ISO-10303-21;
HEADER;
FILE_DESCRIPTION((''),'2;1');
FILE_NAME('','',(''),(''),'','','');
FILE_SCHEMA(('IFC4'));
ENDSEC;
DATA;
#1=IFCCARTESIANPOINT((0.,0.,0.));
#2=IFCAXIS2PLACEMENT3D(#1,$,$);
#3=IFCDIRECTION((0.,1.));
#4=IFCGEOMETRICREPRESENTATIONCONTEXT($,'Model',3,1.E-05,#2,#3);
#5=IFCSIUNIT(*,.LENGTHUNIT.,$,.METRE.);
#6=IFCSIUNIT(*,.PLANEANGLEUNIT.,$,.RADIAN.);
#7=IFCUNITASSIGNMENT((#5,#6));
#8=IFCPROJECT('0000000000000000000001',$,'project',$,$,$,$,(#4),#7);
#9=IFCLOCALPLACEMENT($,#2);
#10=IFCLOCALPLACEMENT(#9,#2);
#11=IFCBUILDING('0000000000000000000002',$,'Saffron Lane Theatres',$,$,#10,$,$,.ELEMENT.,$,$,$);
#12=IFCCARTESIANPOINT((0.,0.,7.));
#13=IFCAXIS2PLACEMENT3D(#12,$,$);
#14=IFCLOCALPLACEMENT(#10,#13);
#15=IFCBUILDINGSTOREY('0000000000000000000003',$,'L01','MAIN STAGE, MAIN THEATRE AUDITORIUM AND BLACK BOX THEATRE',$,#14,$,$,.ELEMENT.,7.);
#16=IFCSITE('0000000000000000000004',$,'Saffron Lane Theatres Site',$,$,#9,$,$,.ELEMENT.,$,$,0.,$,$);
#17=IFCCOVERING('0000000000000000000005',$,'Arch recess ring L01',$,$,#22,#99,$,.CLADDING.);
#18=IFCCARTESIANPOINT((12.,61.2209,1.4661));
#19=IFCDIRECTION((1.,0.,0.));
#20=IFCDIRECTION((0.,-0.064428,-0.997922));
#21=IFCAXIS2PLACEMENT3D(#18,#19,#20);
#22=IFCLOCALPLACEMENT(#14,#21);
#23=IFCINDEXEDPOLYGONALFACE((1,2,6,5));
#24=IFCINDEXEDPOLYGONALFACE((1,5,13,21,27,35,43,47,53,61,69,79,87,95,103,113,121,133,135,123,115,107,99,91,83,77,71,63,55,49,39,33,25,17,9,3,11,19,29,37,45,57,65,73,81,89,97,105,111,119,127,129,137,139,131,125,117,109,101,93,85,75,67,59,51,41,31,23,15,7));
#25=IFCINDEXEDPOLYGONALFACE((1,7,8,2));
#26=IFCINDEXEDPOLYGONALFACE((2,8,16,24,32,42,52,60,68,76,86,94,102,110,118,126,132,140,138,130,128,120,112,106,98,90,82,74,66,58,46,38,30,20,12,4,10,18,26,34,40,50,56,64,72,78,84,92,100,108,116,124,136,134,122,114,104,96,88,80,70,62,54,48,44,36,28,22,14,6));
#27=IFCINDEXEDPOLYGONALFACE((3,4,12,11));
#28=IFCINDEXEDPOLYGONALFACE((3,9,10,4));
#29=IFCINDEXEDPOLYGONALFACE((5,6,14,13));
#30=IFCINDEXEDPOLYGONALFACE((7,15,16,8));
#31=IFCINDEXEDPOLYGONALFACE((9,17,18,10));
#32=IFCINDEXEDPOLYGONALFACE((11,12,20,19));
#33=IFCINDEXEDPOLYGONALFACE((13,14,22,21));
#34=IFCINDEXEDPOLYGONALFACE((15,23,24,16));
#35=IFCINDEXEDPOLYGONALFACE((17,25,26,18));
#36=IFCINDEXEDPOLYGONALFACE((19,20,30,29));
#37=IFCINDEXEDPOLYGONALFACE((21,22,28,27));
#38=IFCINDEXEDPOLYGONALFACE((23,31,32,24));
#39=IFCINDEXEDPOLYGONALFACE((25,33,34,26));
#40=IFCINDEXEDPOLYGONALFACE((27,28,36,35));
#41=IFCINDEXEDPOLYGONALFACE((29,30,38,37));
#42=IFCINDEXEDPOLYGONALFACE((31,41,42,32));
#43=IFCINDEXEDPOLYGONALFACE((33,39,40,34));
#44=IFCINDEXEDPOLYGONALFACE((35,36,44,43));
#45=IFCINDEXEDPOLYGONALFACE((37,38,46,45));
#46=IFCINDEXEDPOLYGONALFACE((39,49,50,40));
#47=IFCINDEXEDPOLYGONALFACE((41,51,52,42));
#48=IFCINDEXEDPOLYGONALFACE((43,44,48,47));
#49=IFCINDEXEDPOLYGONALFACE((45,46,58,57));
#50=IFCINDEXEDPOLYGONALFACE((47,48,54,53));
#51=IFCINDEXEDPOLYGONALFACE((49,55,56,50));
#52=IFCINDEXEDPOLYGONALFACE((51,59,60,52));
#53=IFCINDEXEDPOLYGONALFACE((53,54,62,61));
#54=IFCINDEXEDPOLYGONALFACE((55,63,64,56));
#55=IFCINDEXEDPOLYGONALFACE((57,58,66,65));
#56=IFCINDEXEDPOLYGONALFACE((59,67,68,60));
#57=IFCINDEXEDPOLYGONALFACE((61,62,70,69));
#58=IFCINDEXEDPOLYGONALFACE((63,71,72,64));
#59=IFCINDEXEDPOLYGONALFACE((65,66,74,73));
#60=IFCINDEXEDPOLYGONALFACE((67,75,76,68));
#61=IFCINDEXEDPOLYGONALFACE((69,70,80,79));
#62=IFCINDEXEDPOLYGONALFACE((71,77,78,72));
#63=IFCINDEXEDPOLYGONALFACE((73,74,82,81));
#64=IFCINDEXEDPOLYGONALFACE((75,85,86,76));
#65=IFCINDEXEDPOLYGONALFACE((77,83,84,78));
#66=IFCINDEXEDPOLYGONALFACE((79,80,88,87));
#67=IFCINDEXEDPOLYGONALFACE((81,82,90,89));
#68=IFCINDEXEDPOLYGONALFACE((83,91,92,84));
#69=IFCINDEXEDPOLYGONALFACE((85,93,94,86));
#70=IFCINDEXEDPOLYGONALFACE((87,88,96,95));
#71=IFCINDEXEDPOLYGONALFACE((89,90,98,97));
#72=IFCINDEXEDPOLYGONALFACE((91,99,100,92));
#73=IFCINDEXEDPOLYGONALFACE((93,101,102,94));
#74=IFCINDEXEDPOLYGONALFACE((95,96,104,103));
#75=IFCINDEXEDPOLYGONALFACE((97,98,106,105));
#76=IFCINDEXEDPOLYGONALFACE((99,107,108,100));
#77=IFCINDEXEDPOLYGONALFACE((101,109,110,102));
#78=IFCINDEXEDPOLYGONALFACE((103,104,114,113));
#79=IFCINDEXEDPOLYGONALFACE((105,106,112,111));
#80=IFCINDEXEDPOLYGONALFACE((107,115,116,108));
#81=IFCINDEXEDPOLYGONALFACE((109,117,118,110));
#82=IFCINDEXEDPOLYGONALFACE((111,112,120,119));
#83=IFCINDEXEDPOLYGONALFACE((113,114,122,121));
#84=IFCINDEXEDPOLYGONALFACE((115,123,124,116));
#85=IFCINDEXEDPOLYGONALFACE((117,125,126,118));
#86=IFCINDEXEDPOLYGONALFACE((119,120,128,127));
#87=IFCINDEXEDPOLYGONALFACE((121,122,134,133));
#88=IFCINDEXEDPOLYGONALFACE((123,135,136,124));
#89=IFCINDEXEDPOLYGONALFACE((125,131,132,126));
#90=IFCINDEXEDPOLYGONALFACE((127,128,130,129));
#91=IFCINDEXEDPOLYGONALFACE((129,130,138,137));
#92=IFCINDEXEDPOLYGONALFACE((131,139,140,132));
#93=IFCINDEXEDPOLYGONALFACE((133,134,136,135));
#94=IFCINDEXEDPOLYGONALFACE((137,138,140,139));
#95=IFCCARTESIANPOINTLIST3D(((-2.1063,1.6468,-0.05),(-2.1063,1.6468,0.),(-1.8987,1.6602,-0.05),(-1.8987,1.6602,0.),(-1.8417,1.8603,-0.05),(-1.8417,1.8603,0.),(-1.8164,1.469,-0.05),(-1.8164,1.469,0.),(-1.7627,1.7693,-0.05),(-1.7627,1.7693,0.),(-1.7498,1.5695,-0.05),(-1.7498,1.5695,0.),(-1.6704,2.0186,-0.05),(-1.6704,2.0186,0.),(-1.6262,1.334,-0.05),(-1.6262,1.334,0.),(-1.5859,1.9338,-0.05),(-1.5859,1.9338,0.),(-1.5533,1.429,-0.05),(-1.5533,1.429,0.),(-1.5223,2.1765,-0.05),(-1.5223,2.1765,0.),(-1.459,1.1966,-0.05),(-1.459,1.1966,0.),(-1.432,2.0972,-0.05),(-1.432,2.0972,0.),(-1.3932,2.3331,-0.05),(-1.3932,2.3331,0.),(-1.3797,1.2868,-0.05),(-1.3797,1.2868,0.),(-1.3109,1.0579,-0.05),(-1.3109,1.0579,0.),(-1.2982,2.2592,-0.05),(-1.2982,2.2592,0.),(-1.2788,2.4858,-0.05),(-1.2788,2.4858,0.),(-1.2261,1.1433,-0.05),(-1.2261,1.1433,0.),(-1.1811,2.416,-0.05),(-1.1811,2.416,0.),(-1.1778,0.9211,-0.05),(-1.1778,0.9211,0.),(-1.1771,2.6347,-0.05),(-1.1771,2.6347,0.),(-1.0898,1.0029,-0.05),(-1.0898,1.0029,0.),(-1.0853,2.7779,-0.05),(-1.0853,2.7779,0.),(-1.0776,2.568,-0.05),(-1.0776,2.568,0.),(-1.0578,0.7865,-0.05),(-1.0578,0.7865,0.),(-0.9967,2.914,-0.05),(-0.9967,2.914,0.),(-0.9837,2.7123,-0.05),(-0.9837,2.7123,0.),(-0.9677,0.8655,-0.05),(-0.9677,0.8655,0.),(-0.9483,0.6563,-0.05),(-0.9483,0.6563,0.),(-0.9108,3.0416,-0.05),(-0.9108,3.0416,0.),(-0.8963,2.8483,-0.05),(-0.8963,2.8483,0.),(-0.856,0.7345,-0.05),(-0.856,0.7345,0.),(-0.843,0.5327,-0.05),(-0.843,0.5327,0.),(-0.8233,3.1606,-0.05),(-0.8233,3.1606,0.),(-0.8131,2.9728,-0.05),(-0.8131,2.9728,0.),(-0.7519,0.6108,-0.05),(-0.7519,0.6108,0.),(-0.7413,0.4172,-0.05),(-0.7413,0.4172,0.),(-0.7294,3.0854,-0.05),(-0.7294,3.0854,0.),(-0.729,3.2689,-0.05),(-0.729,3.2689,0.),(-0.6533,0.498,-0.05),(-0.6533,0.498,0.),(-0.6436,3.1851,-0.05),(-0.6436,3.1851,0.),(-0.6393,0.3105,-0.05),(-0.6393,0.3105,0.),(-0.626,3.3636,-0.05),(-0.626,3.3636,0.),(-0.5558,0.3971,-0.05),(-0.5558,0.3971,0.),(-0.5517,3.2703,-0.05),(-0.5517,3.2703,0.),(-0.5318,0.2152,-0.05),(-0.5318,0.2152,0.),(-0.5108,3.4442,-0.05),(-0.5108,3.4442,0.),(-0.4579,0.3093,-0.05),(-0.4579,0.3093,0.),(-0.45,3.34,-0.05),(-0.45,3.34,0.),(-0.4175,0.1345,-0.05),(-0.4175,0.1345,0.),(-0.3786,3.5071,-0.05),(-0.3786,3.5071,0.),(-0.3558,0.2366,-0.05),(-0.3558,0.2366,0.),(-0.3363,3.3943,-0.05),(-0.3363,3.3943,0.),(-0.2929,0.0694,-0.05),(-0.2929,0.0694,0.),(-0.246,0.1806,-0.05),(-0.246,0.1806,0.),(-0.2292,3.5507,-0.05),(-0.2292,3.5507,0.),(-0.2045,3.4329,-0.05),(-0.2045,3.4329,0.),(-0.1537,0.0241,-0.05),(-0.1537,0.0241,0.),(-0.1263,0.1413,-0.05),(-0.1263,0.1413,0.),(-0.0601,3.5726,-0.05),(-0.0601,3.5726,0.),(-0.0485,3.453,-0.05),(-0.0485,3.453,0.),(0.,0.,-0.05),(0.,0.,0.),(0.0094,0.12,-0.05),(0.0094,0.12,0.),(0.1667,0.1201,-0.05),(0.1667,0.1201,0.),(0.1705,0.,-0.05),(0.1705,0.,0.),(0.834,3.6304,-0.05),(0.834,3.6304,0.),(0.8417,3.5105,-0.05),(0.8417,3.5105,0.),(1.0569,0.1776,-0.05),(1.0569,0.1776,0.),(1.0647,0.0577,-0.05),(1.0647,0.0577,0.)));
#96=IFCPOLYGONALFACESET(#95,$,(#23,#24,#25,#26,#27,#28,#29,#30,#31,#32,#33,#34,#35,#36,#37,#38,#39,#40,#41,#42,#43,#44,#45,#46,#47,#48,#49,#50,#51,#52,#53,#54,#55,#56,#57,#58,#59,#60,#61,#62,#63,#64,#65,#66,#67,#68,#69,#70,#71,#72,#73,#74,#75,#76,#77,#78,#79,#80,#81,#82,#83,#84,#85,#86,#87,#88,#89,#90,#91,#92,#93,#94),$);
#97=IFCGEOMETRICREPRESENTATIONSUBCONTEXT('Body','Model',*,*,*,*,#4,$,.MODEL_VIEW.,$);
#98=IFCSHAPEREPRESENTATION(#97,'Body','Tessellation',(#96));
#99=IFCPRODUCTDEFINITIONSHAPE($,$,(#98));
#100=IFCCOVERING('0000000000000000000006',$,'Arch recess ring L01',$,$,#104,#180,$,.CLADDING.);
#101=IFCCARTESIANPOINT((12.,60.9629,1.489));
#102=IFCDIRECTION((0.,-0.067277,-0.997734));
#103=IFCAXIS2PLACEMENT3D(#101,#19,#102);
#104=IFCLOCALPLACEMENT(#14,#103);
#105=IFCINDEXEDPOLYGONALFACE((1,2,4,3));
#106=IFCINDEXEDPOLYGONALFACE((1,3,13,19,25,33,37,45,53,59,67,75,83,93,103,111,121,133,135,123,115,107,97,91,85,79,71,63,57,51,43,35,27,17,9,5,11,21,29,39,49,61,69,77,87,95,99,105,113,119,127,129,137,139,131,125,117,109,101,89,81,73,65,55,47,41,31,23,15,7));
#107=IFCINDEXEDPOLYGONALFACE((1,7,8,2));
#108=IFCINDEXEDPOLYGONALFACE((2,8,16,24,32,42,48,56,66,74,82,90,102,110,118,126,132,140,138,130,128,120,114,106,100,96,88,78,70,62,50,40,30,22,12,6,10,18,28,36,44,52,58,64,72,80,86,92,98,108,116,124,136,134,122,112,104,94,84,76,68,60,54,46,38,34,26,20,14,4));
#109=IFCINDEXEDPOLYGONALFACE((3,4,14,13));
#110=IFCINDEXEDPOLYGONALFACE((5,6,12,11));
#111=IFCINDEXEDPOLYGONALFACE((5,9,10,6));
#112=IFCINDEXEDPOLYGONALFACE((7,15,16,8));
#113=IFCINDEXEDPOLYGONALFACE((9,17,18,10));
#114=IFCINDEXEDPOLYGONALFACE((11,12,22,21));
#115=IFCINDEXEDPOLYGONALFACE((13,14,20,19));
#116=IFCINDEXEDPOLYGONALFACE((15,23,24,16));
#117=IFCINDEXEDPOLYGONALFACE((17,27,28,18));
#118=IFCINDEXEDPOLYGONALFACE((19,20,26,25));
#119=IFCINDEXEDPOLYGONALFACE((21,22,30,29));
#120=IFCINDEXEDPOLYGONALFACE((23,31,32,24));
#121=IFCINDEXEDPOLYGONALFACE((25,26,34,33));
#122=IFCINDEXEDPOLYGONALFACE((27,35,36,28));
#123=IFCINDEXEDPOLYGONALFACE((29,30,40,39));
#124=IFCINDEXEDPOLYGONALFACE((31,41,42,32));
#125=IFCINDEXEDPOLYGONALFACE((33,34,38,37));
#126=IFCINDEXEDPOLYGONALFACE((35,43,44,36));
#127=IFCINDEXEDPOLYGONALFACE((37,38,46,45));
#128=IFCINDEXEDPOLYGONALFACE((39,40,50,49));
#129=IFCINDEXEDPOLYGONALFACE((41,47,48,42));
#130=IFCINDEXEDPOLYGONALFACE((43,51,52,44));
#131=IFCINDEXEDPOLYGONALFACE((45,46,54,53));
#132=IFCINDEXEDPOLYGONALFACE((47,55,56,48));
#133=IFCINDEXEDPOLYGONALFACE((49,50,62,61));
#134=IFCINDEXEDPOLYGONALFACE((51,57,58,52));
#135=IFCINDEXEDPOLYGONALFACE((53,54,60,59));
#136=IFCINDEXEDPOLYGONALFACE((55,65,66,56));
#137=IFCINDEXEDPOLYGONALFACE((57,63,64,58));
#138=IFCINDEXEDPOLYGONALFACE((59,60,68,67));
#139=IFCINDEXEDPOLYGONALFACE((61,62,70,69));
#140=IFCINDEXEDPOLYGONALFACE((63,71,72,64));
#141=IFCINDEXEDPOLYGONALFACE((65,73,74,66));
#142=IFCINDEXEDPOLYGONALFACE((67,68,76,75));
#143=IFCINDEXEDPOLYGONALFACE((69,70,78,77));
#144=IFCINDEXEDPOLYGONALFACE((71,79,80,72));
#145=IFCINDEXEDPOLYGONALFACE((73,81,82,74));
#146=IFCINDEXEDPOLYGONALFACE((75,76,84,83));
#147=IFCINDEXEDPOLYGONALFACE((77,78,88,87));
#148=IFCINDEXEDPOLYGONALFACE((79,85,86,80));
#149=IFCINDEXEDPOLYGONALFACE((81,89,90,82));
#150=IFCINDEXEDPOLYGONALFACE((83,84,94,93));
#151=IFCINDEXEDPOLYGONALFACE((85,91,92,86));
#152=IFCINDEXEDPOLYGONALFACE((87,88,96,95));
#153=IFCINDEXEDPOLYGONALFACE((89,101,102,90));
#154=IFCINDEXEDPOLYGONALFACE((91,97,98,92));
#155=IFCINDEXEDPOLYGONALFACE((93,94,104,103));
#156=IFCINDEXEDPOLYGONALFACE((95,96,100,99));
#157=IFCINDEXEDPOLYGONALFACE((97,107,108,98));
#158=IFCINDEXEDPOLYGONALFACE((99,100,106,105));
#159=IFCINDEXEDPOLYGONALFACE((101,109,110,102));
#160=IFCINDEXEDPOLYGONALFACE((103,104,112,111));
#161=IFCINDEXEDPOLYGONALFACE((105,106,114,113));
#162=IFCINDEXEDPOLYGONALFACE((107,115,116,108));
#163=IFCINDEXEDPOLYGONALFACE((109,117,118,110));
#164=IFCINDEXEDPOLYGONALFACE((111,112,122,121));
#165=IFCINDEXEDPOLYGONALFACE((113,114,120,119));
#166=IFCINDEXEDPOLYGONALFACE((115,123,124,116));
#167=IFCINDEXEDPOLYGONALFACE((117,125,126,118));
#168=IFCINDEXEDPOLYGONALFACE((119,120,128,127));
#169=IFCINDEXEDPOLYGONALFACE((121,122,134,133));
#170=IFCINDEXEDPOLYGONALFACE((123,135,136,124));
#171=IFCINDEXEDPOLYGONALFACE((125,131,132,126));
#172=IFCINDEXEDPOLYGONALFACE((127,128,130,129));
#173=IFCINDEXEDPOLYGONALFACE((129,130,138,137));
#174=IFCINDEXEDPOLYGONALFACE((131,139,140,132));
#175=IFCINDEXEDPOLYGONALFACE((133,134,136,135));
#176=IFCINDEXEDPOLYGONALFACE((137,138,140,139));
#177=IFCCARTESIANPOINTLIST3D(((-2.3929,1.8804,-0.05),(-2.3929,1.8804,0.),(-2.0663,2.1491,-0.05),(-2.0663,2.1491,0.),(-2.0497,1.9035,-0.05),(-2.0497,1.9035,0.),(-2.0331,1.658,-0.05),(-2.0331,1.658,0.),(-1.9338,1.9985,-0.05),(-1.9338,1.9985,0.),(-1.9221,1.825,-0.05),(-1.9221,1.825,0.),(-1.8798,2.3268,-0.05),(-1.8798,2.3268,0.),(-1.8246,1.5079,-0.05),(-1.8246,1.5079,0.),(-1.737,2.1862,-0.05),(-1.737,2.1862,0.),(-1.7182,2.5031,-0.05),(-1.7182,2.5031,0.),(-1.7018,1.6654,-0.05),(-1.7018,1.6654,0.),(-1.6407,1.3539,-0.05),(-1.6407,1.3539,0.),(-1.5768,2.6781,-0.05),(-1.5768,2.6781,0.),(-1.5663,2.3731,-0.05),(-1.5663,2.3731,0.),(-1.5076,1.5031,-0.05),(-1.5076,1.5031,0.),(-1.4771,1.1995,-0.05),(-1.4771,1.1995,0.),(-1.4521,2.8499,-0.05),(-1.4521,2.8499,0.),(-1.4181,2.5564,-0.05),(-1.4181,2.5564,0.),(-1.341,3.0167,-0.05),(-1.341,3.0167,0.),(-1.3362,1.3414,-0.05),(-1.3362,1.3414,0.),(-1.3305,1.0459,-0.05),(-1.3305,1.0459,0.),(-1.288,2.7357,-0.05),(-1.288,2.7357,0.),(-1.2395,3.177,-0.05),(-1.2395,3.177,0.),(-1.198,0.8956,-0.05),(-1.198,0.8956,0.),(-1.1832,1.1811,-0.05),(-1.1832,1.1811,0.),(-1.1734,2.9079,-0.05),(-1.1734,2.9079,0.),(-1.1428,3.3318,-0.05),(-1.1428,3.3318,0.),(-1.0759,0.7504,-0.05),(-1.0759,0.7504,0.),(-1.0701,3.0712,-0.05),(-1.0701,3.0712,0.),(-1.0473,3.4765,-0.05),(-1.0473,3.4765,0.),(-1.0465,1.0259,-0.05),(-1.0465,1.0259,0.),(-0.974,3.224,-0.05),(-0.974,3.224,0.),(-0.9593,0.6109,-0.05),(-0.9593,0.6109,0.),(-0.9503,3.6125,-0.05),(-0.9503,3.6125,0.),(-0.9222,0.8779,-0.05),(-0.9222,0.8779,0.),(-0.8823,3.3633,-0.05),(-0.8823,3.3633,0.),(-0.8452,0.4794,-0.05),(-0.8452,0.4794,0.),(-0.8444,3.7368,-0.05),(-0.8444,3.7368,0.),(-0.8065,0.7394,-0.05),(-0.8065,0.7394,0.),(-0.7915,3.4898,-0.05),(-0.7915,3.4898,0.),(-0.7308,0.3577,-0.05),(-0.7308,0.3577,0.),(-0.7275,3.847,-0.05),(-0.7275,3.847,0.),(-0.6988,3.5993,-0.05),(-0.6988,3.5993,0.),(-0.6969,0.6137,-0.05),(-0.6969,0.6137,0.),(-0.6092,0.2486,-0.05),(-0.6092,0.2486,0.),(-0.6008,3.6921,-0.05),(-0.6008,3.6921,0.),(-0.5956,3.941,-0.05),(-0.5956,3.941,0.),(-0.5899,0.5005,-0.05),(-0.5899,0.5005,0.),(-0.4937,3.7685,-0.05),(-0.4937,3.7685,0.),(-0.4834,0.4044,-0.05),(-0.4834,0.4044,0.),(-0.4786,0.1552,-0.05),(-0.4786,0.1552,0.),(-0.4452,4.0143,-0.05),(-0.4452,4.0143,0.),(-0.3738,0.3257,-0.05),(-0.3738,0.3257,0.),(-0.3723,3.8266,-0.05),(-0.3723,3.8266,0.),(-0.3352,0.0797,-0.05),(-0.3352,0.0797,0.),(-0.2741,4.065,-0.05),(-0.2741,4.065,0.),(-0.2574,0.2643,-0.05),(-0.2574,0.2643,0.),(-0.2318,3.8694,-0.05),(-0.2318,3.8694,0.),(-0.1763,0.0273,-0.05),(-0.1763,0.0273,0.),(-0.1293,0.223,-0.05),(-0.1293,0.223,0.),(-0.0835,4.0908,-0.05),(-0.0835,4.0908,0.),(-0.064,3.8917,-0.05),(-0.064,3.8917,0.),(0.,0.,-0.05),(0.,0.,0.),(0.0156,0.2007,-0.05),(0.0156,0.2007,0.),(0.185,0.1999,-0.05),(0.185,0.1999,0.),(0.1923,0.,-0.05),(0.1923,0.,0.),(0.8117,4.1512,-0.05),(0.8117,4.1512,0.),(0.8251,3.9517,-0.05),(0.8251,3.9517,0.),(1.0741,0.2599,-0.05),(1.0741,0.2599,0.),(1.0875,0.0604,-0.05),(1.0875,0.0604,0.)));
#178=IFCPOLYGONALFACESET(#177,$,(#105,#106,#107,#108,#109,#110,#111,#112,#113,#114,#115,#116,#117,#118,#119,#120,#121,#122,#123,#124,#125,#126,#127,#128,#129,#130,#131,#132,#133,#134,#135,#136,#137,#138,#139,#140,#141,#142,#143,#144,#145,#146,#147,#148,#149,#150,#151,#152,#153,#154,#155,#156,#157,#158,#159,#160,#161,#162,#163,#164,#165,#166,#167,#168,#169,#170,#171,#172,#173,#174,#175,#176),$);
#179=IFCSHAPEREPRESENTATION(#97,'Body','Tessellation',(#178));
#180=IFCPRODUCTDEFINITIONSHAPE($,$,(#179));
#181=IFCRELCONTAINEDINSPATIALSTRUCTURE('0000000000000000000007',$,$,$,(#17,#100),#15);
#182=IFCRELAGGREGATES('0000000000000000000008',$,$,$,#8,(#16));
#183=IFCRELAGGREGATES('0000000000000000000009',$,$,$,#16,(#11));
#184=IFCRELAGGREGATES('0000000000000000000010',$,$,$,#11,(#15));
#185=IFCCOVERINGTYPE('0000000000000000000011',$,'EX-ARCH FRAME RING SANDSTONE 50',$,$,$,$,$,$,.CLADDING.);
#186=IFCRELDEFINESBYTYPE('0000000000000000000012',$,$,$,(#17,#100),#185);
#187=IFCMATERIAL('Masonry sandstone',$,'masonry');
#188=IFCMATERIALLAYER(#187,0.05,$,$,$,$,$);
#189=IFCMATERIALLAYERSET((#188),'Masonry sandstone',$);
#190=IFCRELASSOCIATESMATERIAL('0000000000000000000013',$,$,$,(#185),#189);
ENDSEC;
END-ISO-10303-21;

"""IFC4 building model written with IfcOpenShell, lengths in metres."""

from ifc_helpers import new_model, si_unit, direction, frame, origin, place, context, subcontext, project, spatial, polyline, outline, extrude, material, layer, layer_set, type_object, element, save


model = new_model("IFC4")

# Units and contexts
model_context = context("Model", 3, precision=1e-05, world=origin(), true_north=direction((0.0, 1.0)))
body_context = subcontext(model_context, "Body", "Model", "MODEL_VIEW")
ifc_project = project(units=[si_unit("LENGTHUNIT", "METRE"), si_unit("PLANEANGLEUNIT", "RADIAN")], contexts=[model_context])

# Site, building, storey
site_placement = place(None, origin())
site = spatial("IfcSite", under=ifc_project, at=site_placement, Name="Saffron Lane Theatres Site", CompositionType="ELEMENT", RefElevation=0.0)
building_placement = place(site_placement, origin())
building = spatial("IfcBuilding", under=site, at=building_placement, Name="Saffron Lane Theatres", CompositionType="ELEMENT")
storey_placement = place(building_placement, frame((0.0, 0.0, 7.0)))
storey = spatial("IfcBuildingStorey", under=building, at=storey_placement, Name="L01", Description="MAIN STAGE, MAIN THEATRE AUDITORIUM AND BLACK BOX THEATRE", CompositionType="ELEMENT", Elevation=7.0)

# Coverings
ifc_material_1 = material(Name="Masonry sandstone", Category="masonry")
ifc_layer_1 = layer(ifc_material_1, 0.05)
ifc_layer_set_1 = layer_set([ifc_layer_1], Name="Masonry sandstone")
covering_type_1 = type_object("IfcCoveringType", Name="EX-ARCH FRAME RING SANDSTONE 50", PredefinedType="CLADDING", material=ifc_layer_set_1)
covering_1_placement = place(storey_placement, frame((12.0, 61.2209, 1.4661), z_axis=(1.0, 0.0, 0.0), x_axis=(0.0, -0.064428, -0.997922)))
element("IfcCovering", 1, at=covering_1_placement, inside=storey, type_object=covering_type_1, Name="Arch recess ring L01", PredefinedType="CLADDING", context=body_context, shape_type="SweptSolid", body=[
    extrude(outline(polyline([(0.0, 0.0), (0.1705, 0.0), (1.0647, 0.0577), (1.0569, 0.1776), (0.1667, 0.1201), (0.0094, 0.12), (-0.1263, 0.1413), (-0.246, 0.1806), (-0.3558, 0.2366), (-0.4579, 0.3093), (-0.5558, 0.3971), (-0.6533, 0.498), (-0.7519, 0.6108), (-0.856, 0.7345), (-0.9677, 0.8655), (-1.0898, 1.0029), (-1.2261, 1.1433), (-1.3797, 1.2868), (-1.5533, 1.429), (-1.7498, 1.5695), (-1.8987, 1.6602), (-1.7627, 1.7693), (-1.5859, 1.9338), (-1.432, 2.0972), (-1.2982, 2.2592), (-1.1811, 2.416), (-1.0776, 2.568), (-0.9837, 2.7123), (-0.8963, 2.8483), (-0.8131, 2.9728), (-0.7294, 3.0854), (-0.6436, 3.1851), (-0.5517, 3.2703), (-0.45, 3.34), (-0.3363, 3.3943), (-0.2045, 3.4329), (-0.0485, 3.453), (0.8417, 3.5105), (0.834, 3.6304), (-0.0601, 3.5726), (-0.2292, 3.5507), (-0.3786, 3.5071), (-0.5108, 3.4442), (-0.626, 3.3636), (-0.729, 3.2689), (-0.8233, 3.1606), (-0.9108, 3.0416), (-0.9967, 2.914), (-1.0853, 2.7779), (-1.1771, 2.6347), (-1.2788, 2.4858), (-1.3932, 2.3331), (-1.5223, 2.1765), (-1.6704, 2.0186), (-1.8417, 1.8603), (-2.1063, 1.6468), (-1.8164, 1.469), (-1.6262, 1.334), (-1.459, 1.1966), (-1.3109, 1.0579), (-1.1778, 0.9211), (-1.0578, 0.7865), (-0.9483, 0.6563), (-0.843, 0.5327), (-0.7413, 0.4172), (-0.6393, 0.3105), (-0.5318, 0.2152), (-0.4175, 0.1345), (-0.2929, 0.0694), (-0.1537, 0.0241), (0.0, 0.0)])), origin(), (0.0, 0.0, -1.0), 0.05),
])
covering_2_placement = place(storey_placement, frame((12.0, 60.9629, 1.489), z_axis=(1.0, 0.0, 0.0), x_axis=(0.0, -0.067277, -0.997734)))
element("IfcCovering", 2, at=covering_2_placement, inside=storey, type_object=covering_type_1, Name="Arch recess ring L01", PredefinedType="CLADDING", context=body_context, shape_type="SweptSolid", body=[
    extrude(outline(polyline([(0.0, 0.0), (0.1923, 0.0), (1.0875, 0.0604), (1.0741, 0.2599), (0.185, 0.1999), (0.0156, 0.2007), (-0.1293, 0.223), (-0.2574, 0.2643), (-0.3738, 0.3257), (-0.4834, 0.4044), (-0.5899, 0.5005), (-0.6969, 0.6137), (-0.8065, 0.7394), (-0.9222, 0.8779), (-1.0465, 1.0259), (-1.1832, 1.1811), (-1.3362, 1.3414), (-1.5076, 1.5031), (-1.7018, 1.6654), (-1.9221, 1.825), (-2.0497, 1.9035), (-1.9338, 1.9985), (-1.737, 2.1862), (-1.5663, 2.3731), (-1.4181, 2.5564), (-1.288, 2.7357), (-1.1734, 2.9079), (-1.0701, 3.0712), (-0.974, 3.224), (-0.8823, 3.3633), (-0.7915, 3.4898), (-0.6988, 3.5993), (-0.6008, 3.6921), (-0.4937, 3.7685), (-0.3723, 3.8266), (-0.2318, 3.8694), (-0.064, 3.8917), (0.8251, 3.9517), (0.8117, 4.1512), (-0.0835, 4.0908), (-0.2741, 4.065), (-0.4452, 4.0143), (-0.5956, 3.941), (-0.7275, 3.847), (-0.8444, 3.7368), (-0.9503, 3.6125), (-1.0473, 3.4765), (-1.1428, 3.3318), (-1.2395, 3.177), (-1.341, 3.0167), (-1.4521, 2.8499), (-1.5768, 2.6781), (-1.7182, 2.5031), (-1.8798, 2.3268), (-2.0663, 2.1491), (-2.3929, 1.8804), (-2.0331, 1.658), (-1.8246, 1.5079), (-1.6407, 1.3539), (-1.4771, 1.1995), (-1.3305, 1.0459), (-1.198, 0.8956), (-1.0759, 0.7504), (-0.9593, 0.6109), (-0.8452, 0.4794), (-0.7308, 0.3577), (-0.6092, 0.2486), (-0.4786, 0.1552), (-0.3352, 0.0797), (-0.1763, 0.0273), (0.0, 0.0)])), origin(), (0.0, 0.0, -1.0), 0.05),
])

save(model, "model.ifc")
